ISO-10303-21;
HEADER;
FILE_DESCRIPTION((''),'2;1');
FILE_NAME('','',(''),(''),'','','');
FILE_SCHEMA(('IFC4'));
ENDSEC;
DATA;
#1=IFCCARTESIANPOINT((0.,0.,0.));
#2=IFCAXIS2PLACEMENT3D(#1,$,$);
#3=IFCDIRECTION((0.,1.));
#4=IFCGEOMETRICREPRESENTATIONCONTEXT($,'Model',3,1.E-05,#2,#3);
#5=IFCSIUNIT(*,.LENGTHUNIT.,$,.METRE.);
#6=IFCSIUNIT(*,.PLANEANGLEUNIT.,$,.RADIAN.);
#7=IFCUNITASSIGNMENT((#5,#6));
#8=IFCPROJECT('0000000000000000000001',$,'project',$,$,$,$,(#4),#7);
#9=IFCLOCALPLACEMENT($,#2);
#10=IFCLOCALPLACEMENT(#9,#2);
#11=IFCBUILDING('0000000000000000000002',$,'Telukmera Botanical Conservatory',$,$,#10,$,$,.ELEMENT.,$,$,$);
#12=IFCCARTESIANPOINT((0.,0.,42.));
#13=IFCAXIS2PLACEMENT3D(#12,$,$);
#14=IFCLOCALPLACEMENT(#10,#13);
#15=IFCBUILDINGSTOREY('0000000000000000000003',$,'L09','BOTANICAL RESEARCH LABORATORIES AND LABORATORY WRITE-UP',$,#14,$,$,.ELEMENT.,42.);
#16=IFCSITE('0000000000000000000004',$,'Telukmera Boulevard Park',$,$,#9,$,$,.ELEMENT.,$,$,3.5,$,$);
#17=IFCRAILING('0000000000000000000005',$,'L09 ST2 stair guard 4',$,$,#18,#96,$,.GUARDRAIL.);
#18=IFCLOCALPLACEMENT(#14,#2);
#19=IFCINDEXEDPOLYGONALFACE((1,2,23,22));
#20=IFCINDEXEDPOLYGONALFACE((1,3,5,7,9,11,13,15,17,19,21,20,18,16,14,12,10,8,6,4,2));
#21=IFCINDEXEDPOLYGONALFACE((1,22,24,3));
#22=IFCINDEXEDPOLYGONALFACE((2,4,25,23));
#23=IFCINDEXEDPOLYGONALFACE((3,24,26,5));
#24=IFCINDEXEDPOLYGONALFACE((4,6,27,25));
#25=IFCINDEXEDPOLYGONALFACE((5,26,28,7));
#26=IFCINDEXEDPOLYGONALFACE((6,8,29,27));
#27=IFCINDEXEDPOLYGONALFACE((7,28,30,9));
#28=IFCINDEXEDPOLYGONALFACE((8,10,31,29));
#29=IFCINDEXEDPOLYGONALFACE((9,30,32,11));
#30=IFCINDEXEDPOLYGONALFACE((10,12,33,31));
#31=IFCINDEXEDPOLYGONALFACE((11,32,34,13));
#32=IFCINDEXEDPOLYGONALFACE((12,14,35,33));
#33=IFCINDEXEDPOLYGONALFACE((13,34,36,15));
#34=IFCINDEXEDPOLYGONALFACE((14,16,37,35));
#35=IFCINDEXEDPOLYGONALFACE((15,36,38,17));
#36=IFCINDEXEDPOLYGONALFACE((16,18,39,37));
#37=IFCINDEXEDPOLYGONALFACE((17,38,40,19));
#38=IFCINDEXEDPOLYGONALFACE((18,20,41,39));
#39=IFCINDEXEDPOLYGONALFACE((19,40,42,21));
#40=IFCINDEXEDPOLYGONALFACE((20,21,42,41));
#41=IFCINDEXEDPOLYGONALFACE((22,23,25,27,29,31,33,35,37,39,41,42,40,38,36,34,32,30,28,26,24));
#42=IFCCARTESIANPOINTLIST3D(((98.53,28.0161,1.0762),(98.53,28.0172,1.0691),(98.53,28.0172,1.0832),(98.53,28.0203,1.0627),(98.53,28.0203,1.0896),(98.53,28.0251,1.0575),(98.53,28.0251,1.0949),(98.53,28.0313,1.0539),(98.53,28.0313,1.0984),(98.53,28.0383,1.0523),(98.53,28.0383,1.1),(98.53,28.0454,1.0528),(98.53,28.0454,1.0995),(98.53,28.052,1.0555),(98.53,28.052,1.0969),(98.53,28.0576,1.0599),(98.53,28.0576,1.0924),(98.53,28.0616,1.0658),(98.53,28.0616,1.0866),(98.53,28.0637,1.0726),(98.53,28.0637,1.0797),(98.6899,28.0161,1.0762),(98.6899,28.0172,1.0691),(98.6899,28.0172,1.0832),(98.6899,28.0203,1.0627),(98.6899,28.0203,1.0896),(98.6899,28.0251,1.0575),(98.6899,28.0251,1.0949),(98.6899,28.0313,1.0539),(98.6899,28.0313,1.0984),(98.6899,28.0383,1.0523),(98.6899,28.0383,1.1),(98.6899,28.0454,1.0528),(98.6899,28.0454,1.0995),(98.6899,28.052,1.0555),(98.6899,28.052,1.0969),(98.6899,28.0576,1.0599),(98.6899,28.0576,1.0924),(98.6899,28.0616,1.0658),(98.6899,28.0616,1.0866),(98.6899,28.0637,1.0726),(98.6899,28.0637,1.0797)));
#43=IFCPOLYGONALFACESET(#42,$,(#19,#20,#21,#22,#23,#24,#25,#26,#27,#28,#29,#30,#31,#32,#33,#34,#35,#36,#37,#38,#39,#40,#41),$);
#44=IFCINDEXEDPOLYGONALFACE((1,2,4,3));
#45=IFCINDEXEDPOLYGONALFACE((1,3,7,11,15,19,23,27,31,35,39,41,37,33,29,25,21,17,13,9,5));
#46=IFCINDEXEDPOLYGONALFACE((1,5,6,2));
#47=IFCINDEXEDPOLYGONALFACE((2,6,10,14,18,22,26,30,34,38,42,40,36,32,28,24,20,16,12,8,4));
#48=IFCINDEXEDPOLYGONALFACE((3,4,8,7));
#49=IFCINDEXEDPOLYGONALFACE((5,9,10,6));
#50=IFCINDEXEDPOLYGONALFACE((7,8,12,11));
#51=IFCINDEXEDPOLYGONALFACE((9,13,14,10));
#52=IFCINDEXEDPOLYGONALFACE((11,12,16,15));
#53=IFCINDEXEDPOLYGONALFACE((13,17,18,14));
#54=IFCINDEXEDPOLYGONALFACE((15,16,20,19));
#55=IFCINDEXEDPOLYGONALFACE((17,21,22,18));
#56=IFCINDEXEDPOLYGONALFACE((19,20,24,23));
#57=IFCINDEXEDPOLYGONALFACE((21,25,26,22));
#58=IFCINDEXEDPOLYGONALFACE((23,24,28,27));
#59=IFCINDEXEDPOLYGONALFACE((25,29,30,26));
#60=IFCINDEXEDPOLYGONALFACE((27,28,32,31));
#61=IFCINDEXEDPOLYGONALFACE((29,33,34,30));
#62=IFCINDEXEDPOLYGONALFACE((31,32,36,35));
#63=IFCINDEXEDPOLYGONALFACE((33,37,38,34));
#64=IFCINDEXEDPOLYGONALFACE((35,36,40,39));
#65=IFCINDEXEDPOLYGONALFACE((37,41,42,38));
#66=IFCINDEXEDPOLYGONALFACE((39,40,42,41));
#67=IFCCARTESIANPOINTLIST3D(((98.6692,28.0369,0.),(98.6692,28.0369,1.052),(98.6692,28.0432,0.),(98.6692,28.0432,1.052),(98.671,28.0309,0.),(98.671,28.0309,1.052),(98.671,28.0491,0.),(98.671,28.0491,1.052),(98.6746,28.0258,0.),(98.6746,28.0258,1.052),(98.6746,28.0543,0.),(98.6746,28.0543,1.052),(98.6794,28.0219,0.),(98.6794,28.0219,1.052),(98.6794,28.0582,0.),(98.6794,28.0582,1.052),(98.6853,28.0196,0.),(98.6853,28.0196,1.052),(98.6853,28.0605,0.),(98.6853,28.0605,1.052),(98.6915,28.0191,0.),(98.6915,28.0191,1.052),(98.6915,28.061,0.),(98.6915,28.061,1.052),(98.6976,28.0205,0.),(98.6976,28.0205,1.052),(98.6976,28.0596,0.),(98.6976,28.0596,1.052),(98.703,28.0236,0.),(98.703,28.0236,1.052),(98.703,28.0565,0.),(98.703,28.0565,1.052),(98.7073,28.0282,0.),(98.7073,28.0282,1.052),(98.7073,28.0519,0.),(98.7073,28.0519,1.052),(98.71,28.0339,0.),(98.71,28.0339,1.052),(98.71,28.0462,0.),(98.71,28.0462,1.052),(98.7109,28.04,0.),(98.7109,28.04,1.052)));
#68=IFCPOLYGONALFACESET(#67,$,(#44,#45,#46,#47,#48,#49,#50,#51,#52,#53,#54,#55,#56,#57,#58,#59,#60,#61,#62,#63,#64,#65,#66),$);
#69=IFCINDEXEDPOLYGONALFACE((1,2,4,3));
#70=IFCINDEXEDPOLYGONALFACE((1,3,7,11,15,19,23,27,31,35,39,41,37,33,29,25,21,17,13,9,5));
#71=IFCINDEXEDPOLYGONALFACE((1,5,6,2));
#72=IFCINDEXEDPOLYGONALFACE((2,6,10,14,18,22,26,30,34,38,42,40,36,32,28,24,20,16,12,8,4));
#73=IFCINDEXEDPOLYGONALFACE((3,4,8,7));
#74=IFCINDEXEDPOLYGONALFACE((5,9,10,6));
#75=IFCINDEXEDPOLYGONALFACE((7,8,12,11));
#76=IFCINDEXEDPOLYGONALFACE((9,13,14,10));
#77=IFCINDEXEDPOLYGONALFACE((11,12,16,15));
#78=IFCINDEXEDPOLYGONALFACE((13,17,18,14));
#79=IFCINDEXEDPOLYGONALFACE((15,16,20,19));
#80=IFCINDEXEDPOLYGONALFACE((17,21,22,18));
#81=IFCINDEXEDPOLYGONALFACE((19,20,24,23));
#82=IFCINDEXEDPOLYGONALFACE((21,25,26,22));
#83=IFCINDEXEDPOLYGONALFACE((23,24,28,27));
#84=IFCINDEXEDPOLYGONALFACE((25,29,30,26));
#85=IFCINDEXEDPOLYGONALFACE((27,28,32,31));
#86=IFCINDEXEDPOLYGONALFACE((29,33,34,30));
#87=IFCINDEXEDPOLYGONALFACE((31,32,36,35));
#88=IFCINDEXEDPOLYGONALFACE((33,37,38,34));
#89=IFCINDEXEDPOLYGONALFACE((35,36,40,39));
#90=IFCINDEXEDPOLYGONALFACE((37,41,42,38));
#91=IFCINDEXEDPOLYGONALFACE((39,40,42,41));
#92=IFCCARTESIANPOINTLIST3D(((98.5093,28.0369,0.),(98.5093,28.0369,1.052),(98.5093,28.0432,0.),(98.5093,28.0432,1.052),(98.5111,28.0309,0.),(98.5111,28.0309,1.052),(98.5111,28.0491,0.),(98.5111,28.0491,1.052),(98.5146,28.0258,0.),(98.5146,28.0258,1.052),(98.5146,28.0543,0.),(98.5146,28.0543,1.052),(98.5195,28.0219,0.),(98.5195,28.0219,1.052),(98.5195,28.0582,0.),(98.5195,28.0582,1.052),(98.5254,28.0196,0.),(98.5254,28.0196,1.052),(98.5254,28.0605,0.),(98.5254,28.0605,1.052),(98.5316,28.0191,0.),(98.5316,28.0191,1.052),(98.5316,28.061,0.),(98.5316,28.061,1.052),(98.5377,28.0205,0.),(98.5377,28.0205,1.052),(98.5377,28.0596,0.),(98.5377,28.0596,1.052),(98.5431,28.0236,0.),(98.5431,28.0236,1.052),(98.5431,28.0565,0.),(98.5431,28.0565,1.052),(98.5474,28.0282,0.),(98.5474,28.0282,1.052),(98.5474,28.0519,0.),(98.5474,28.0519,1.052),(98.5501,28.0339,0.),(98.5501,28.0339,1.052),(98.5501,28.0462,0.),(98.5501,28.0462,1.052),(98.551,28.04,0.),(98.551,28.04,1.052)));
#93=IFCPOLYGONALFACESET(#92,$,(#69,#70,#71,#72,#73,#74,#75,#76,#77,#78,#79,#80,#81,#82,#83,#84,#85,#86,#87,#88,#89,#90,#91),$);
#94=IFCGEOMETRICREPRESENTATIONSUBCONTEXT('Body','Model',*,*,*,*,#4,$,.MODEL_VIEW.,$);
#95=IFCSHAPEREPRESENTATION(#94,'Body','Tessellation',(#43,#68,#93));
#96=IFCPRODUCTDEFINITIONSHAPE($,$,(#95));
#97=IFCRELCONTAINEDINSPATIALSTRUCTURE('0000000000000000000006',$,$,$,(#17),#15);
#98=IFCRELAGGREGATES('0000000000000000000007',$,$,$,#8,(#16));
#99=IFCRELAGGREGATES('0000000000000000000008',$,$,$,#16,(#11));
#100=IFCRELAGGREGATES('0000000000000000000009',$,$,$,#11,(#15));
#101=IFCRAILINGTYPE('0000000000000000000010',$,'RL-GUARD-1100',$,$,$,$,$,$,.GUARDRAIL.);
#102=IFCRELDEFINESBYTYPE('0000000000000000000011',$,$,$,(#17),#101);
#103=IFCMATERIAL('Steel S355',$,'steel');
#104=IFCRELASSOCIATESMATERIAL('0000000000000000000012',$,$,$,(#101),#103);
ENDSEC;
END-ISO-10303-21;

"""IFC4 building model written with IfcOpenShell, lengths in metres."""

from ifc_helpers import new_model, si_unit, direction, frame, origin, origin_2d, place, context, subcontext, project, spatial, circle, extrude, material, type_object, element, save


model = new_model("IFC4")

# Units and contexts
model_context = context("Model", 3, precision=1e-05, world=origin(), true_north=direction((0.0, 1.0)))
body_context = subcontext(model_context, "Body", "Model", "MODEL_VIEW")
ifc_project = project(units=[si_unit("LENGTHUNIT", "METRE"), si_unit("PLANEANGLEUNIT", "RADIAN")], contexts=[model_context])

# Site, building, storey
site_placement = place(None, origin())
site = spatial("IfcSite", under=ifc_project, at=site_placement, Name="Telukmera Boulevard Park", CompositionType="ELEMENT", RefElevation=3.5)
building_placement = place(site_placement, origin())
building = spatial("IfcBuilding", under=site, at=building_placement, Name="Telukmera Botanical Conservatory", CompositionType="ELEMENT")
storey_placement = place(building_placement, frame((0.0, 0.0, 42.0)))
storey = spatial("IfcBuildingStorey", under=building, at=storey_placement, Name="L09", Description="BOTANICAL RESEARCH LABORATORIES AND LABORATORY WRITE-UP", CompositionType="ELEMENT", Elevation=42.0)

# Railing
ifc_material_1 = material(Name="Steel S355", Category="steel")
railing_type_1 = type_object("IfcRailingType", Name="RL-GUARD-1100", PredefinedType="GUARDRAIL", material=ifc_material_1)
railing_1_placement = place(storey_placement, frame((98.6899, 28.04, 0.0)))
element("IfcRailing", 1, at=railing_1_placement, inside=storey, type_object=railing_type_1, Name="L09 ST2 stair guard 4", PredefinedType="GUARDRAIL", context=body_context, shape_type="SweptSolid", body=[
    extrude(circle(Radius=0.0239, at=origin_2d()), frame((0.0, 0.0, 1.0762), z_axis=(-1.0, 0.0, 0.0), x_axis=(0.0, -1.0, 0.0)), (0.0, 0.0, 1.0), 0.1599),
    extrude(circle(Radius=0.021, at=origin_2d()), origin(), (0.0, 0.0, 1.0), 1.052),
    extrude(circle(Radius=0.021, at=origin_2d()), frame((-0.1599, 0.0, 0.0)), (0.0, 0.0, 1.0), 1.052),
])

save(model, "model.ifc")
